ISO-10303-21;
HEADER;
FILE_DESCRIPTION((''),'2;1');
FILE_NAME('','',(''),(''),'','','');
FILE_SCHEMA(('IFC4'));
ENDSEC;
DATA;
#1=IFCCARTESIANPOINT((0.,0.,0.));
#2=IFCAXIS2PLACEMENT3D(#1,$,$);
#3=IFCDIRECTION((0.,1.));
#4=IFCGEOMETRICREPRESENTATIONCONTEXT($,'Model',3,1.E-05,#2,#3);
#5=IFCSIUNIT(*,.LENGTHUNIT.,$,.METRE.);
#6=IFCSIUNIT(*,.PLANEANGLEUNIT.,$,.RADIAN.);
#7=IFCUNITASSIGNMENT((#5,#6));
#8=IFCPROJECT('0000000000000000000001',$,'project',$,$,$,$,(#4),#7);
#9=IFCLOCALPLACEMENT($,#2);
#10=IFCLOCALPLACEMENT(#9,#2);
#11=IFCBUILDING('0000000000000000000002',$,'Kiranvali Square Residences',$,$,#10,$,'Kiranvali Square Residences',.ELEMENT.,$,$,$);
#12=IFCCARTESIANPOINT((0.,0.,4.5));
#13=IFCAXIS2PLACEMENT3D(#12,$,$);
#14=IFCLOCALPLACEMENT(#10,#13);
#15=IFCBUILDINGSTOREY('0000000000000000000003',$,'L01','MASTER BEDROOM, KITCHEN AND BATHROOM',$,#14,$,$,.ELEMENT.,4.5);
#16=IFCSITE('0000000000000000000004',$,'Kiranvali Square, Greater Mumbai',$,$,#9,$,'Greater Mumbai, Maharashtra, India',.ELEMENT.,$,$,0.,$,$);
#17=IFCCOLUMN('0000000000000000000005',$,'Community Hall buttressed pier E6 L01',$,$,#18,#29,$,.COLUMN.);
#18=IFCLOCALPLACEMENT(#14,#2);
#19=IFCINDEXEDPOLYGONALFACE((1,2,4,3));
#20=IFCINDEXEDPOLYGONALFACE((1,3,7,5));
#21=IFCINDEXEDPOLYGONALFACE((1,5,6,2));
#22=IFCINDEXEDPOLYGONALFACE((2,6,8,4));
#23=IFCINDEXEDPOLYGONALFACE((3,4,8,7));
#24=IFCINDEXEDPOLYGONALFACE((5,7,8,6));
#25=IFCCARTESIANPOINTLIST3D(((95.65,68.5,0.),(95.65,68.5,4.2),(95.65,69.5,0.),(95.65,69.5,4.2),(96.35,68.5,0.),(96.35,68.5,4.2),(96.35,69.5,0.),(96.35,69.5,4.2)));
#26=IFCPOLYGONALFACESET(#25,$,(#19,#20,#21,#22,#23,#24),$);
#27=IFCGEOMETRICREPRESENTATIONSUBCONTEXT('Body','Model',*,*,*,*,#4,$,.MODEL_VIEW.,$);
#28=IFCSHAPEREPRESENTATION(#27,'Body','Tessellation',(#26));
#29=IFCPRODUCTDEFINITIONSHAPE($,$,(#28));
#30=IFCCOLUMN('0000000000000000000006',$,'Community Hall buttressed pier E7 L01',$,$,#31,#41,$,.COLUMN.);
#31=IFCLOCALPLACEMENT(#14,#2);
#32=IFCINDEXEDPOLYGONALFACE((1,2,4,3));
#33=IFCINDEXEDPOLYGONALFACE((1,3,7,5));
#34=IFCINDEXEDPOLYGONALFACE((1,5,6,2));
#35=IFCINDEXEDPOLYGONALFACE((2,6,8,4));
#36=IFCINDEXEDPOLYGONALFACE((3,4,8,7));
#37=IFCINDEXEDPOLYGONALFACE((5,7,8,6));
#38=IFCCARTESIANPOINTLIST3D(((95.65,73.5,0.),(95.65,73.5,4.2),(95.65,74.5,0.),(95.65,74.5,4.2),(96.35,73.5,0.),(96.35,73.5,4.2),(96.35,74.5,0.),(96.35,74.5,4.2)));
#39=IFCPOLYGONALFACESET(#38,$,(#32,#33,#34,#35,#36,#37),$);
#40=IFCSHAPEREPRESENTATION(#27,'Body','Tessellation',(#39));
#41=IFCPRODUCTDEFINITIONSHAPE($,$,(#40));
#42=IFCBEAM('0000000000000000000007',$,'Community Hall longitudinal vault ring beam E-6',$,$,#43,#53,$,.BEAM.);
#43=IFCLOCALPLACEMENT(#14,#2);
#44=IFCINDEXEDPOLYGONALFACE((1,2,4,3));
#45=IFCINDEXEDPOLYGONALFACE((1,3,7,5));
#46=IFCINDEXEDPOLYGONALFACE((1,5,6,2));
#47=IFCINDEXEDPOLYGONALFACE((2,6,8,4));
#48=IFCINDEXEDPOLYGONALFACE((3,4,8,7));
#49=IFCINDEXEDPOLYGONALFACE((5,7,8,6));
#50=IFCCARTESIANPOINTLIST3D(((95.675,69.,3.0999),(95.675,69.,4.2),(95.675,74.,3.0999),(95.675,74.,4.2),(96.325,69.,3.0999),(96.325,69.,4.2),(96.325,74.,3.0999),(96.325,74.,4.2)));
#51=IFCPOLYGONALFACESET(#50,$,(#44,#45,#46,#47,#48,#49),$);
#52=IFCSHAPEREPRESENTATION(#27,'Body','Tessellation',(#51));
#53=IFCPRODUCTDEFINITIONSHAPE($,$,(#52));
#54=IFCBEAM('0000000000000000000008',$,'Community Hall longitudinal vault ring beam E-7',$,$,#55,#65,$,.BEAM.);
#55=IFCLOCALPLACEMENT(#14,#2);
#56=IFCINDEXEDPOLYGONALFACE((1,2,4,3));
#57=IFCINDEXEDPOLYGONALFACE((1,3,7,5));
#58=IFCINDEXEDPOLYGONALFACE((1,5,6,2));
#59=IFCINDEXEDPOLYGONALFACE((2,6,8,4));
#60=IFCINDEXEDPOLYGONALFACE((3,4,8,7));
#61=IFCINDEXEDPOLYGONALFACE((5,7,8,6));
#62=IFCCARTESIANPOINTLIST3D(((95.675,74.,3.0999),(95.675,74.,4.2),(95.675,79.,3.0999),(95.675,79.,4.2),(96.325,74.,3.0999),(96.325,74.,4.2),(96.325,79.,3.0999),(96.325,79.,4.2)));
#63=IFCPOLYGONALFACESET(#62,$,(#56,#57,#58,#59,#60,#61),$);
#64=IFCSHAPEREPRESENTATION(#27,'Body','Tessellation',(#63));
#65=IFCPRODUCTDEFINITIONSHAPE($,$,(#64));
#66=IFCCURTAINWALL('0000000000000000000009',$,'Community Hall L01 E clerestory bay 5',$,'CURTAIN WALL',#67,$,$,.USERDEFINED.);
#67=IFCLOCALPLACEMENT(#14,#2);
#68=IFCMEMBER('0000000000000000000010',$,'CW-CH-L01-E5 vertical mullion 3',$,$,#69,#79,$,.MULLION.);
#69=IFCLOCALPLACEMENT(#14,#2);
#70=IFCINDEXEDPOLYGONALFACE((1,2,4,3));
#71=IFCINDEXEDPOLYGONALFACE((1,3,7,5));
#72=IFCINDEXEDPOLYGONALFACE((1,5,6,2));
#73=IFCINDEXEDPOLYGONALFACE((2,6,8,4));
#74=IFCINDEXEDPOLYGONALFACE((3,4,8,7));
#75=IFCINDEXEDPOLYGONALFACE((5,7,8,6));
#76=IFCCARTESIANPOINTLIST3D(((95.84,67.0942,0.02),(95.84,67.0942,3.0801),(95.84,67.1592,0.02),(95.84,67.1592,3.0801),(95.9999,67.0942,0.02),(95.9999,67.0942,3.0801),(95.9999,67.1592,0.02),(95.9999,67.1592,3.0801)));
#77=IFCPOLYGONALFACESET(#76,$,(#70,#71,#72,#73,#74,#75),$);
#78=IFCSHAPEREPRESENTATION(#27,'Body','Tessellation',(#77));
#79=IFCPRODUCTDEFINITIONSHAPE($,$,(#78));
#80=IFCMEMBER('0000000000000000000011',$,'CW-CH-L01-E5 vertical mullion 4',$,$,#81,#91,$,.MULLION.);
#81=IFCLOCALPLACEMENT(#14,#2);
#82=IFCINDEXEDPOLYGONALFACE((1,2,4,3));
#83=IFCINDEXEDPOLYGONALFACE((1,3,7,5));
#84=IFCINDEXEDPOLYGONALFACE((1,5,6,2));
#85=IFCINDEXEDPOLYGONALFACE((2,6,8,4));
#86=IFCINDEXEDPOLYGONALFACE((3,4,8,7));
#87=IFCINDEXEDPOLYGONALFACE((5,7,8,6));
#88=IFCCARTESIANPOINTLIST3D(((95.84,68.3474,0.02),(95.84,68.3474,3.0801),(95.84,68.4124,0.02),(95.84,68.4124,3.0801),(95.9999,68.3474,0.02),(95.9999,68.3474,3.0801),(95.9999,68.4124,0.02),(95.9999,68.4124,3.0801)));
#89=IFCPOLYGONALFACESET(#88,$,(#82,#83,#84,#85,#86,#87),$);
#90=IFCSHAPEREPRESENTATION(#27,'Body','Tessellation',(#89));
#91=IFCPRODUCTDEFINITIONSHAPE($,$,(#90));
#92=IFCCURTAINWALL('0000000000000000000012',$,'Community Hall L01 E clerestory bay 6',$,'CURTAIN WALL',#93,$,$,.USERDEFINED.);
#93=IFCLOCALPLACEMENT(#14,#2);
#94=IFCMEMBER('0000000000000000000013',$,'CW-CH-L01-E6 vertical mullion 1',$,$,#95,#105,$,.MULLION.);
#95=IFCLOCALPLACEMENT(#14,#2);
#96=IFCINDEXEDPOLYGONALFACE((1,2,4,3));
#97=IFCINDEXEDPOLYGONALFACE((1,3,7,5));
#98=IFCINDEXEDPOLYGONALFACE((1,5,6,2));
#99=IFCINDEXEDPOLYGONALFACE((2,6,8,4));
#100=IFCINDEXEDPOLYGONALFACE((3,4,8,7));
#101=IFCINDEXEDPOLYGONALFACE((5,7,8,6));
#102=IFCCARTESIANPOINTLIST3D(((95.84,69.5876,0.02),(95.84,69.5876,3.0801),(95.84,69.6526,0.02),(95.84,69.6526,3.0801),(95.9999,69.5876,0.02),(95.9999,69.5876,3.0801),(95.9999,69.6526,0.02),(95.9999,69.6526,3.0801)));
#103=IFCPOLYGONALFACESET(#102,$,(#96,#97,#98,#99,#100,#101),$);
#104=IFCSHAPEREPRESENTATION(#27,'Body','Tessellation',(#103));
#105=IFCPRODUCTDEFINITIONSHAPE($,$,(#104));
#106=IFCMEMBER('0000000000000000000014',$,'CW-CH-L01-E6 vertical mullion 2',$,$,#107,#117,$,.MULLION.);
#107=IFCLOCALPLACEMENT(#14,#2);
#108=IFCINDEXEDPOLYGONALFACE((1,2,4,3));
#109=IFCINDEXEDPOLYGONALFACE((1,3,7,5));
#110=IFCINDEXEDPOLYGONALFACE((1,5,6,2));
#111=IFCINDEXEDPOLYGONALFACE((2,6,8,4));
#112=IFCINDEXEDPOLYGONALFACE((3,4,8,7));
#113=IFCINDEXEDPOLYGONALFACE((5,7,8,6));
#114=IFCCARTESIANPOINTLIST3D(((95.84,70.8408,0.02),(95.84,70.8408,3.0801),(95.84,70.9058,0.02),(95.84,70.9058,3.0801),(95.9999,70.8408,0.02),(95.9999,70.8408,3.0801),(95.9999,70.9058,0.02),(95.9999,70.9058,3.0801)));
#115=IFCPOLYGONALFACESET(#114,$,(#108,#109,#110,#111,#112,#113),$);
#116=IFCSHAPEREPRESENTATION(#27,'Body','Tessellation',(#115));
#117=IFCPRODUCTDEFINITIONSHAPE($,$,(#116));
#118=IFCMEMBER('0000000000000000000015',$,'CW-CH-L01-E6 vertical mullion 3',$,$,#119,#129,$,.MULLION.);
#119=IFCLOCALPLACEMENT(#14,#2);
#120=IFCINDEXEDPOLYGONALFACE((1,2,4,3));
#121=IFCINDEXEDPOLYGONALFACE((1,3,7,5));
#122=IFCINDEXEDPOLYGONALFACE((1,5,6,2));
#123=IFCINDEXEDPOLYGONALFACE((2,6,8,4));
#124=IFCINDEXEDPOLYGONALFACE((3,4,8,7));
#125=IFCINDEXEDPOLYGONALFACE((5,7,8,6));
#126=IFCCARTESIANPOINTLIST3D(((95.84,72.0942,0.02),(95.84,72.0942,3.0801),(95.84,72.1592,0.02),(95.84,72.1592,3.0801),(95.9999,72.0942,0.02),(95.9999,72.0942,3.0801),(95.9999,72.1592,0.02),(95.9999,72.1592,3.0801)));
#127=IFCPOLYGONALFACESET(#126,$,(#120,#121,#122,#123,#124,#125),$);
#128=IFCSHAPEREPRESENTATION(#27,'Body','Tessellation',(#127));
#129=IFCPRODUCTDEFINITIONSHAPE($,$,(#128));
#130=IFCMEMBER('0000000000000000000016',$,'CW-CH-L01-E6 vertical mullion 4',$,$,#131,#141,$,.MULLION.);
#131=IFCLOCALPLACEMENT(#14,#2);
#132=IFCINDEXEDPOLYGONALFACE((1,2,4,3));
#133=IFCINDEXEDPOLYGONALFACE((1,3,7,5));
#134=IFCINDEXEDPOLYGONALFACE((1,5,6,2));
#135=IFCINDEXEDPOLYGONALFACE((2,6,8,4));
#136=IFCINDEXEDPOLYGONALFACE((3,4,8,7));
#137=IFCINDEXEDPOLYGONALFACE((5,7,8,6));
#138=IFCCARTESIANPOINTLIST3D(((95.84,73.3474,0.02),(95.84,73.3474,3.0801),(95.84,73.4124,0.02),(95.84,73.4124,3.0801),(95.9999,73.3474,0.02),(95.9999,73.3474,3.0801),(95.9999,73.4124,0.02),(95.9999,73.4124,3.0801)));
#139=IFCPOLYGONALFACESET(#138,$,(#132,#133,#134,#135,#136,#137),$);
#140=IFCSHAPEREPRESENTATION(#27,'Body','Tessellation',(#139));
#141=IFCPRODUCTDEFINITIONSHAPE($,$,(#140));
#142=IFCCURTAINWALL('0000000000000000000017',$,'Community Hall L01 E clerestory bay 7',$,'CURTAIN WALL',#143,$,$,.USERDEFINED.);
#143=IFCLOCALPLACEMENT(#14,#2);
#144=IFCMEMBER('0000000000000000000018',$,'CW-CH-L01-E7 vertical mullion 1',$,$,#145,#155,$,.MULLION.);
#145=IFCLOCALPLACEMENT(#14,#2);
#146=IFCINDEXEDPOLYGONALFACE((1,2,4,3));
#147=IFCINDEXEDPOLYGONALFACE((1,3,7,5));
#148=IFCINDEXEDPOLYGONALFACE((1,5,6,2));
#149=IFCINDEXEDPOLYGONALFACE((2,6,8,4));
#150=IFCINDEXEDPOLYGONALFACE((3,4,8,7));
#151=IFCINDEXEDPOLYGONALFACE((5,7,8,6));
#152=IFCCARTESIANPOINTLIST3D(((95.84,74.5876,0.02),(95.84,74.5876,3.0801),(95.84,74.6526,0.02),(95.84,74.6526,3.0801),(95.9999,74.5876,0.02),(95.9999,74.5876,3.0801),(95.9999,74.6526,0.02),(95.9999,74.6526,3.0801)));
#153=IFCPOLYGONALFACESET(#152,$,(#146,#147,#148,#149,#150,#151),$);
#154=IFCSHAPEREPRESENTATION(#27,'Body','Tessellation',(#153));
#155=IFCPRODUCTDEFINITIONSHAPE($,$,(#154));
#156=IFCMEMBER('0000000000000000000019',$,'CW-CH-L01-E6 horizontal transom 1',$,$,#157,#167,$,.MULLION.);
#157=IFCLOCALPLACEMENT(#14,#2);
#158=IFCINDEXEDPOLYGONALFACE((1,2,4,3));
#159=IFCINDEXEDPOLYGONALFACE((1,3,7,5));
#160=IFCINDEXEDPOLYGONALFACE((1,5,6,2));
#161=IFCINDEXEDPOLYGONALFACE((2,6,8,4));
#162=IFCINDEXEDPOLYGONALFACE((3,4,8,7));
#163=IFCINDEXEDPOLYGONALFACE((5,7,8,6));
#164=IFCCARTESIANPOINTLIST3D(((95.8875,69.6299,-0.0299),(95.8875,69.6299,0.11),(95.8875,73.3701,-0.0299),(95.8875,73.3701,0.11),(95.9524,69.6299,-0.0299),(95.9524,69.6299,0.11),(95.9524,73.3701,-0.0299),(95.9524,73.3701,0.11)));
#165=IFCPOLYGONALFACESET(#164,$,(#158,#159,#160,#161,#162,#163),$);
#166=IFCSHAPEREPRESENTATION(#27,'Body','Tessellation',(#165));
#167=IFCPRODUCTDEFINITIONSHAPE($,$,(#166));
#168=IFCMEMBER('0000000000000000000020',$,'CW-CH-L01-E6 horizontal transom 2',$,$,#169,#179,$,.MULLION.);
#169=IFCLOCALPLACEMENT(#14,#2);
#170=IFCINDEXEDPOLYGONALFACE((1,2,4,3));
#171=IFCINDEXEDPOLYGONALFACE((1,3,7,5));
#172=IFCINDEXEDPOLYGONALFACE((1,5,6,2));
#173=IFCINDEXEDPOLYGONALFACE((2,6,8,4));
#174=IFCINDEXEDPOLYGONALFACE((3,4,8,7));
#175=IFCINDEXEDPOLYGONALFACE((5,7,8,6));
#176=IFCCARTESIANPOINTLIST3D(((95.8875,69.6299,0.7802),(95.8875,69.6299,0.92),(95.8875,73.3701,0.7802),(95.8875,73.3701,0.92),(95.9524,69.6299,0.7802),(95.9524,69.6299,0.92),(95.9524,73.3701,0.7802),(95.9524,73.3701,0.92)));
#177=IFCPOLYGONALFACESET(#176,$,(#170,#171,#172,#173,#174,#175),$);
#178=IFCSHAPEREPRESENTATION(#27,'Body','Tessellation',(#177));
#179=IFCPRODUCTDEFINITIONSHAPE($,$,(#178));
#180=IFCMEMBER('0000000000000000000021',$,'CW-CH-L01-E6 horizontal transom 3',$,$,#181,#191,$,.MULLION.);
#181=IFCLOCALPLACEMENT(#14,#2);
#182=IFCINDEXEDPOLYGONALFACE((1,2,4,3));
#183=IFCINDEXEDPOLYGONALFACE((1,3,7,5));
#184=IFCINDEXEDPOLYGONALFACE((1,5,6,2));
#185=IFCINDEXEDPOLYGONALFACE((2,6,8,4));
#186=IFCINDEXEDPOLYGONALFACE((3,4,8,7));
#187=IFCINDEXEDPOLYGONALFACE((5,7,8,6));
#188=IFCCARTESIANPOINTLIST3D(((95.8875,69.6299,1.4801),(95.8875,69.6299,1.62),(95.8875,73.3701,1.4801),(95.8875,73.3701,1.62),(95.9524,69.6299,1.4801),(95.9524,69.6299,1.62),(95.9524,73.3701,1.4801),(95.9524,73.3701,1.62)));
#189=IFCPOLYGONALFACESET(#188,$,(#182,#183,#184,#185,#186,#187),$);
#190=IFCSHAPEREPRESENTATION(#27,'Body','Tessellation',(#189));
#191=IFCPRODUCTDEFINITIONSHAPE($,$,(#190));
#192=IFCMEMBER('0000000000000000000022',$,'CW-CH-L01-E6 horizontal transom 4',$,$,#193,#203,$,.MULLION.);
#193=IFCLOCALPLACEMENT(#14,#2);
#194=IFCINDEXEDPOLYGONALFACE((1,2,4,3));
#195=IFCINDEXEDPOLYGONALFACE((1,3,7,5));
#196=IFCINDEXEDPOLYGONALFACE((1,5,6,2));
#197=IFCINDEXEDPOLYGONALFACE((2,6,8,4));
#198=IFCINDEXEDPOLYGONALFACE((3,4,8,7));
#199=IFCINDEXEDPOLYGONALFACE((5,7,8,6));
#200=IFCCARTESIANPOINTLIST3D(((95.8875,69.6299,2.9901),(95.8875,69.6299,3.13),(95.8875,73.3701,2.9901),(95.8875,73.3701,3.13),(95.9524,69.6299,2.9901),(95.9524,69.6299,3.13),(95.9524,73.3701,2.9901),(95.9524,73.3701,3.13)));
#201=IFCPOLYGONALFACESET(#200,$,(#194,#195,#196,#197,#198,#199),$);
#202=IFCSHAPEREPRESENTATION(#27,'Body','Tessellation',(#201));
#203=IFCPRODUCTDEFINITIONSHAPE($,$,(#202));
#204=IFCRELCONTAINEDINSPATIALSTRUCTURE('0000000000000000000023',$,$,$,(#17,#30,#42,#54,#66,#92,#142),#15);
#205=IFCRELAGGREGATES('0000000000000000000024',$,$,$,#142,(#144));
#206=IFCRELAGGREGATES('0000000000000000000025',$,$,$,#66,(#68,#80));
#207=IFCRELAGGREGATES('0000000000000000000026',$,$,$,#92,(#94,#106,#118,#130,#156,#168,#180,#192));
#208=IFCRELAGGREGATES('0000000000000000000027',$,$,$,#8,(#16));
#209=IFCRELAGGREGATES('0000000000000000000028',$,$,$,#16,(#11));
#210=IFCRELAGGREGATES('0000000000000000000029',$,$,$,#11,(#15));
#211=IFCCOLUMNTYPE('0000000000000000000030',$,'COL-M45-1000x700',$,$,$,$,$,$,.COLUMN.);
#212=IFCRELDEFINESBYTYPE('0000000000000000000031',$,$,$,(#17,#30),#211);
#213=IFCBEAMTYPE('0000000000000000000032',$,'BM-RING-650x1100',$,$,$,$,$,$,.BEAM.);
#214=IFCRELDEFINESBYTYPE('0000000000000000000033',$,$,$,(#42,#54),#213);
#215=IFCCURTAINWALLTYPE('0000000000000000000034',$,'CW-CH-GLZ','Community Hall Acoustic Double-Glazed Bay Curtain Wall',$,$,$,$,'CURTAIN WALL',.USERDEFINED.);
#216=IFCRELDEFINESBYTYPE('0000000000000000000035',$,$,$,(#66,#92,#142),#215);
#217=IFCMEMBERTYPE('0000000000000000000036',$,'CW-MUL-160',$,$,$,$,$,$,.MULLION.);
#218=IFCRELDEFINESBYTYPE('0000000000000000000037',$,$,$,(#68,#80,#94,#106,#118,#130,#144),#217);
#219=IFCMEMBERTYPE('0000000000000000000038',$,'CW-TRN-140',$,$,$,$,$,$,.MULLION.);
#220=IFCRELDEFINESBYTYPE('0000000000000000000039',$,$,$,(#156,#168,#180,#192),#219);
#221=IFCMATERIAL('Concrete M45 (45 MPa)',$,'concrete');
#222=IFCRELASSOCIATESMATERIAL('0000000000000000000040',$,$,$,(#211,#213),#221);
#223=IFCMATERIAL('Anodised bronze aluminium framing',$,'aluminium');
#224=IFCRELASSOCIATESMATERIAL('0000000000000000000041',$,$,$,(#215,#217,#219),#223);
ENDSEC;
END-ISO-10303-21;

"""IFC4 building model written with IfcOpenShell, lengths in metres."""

from ifc_helpers import new_model, si_unit, direction, frame, origin, origin_2d, place, context, subcontext, project, spatial, rectangle, extrude, material, material_profile, profile_set, type_object, element, aggregate, save


model = new_model("IFC4")

# Units and contexts
model_context = context("Model", 3, precision=1e-05, world=origin(), true_north=direction((0.0, 1.0)))
body_context = subcontext(model_context, "Body", "Model", "MODEL_VIEW")
ifc_project = project(units=[si_unit("LENGTHUNIT", "METRE"), si_unit("PLANEANGLEUNIT", "RADIAN")], contexts=[model_context])

# Site, building, storey
site_placement = place(None, origin())
site = spatial("IfcSite", under=ifc_project, at=site_placement, Name="Kiranvali Square, Greater Mumbai", LongName="Greater Mumbai, Maharashtra, India", CompositionType="ELEMENT", RefElevation=0.0)
building_placement = place(site_placement, origin())
building = spatial("IfcBuilding", under=site, at=building_placement, Name="Kiranvali Square Residences", LongName="Kiranvali Square Residences", CompositionType="ELEMENT")
storey_placement = place(building_placement, frame((0.0, 0.0, 4.5)))
storey = spatial("IfcBuildingStorey", under=building, at=storey_placement, Name="L01", Description="MASTER BEDROOM, KITCHEN AND BATHROOM", CompositionType="ELEMENT", Elevation=4.5)

# Columns
ifc_material_1 = material(Name="Concrete M45 (45 MPa)", Category="concrete")
ifc_material_profile_1 = material_profile(ifc_material_1, rectangle(XDim=0.7, YDim=1.0, at=origin_2d()), Name="RC 1000x700")
ifc_profile_set_1 = profile_set([ifc_material_profile_1], Name="Concrete M45 (45 MPa)")
column_type = type_object("IfcColumnType", Name="COL-M45-1000x700", PredefinedType="COLUMN", material=ifc_profile_set_1)
for number, where, z_axis, x_axis, name in (
    (1, (96.0, 69.0, 0.0), (0.0, 0.0, 1.0), (1.0, 0.0, 0.0), "Community Hall buttressed pier E6 L01"),
    (2, (96.0, 74.0, 0.0), (0.0, 0.0, 1.0), (1.0, 0.0, 0.0), "Community Hall buttressed pier E7 L01"),
):
    element("IfcColumn", number, at=place(storey_placement, frame(where, z_axis=z_axis, x_axis=x_axis)), inside=storey, type_object=column_type, Name=name, PredefinedType="COLUMN", context=body_context, shape_type="SweptSolid", body=[
        extrude(rectangle(XDim=0.7, YDim=1.0, at=origin_2d()), origin(), (0.0, 0.0, 1.0), 4.2),
    ])

# Beams
ifc_material_profile_2 = material_profile(ifc_material_1, rectangle(XDim=0.6499, YDim=1.1001, at=origin_2d()), Name="RC 650x1100")
ifc_profile_set_2 = profile_set([ifc_material_profile_2], Name="Concrete M45 (45 MPa)")
beam_type = type_object("IfcBeamType", Name="BM-RING-650x1100", PredefinedType="BEAM", material=ifc_profile_set_2)
for number, where, z_axis, x_axis, name in (
    (3, (96.0, 69.0, 3.6499), (0.0, 1.0, 0.0), (-1.0, 0.0, 0.0), "Community Hall longitudinal vault ring beam E-6"),
    (4, (96.0, 74.0, 3.6499), (0.0, 1.0, 0.0), (-1.0, 0.0, 0.0), "Community Hall longitudinal vault ring beam E-7"),
):
    element("IfcBeam", number, at=place(storey_placement, frame(where, z_axis=z_axis, x_axis=x_axis)), inside=storey, type_object=beam_type, Name=name, PredefinedType="BEAM", context=body_context, shape_type="SweptSolid", body=[
        extrude(rectangle(XDim=0.6499, YDim=1.1001, at=origin_2d()), origin(), (0.0, 0.0, 1.0), 5.0),
    ])

# Curtain walls, members
ifc_material_2 = material(Name="Anodised bronze aluminium framing", Category="aluminium")
curtain_wall_type = type_object("IfcCurtainWallType", Name="CW-CH-GLZ", Description="Community Hall Acoustic Double-Glazed Bay Curtain Wall", ElementType="CURTAIN WALL", PredefinedType="USERDEFINED", material=ifc_material_2)
curtain_wall_1_placement = place(storey_placement, origin())
curtain_wall_1 = element("IfcCurtainWall", 5, at=curtain_wall_1_placement, inside=storey, type_object=curtain_wall_type, Name="Community Hall L01 E clerestory bay 5", ObjectType="CURTAIN WALL", PredefinedType="USERDEFINED")
ifc_material_profile_3 = material_profile(ifc_material_2, rectangle(XDim=0.0649, YDim=0.1599, at=origin_2d()), Name="ALU 65x160")
ifc_profile_set_3 = profile_set([ifc_material_profile_3], Name="Anodised bronze aluminium framing")
member_type_1 = type_object("IfcMemberType", Name="CW-MUL-160", PredefinedType="MULLION", material=ifc_profile_set_3)
member_1_placement = place(storey_placement, frame((95.9199, 67.1267, 0.02), z_axis=(0.0, 0.0, 1.0), x_axis=(0.0, 1.0, 0.0)))
member_1 = element("IfcMember", 6, at=member_1_placement, type_object=member_type_1, Name="CW-CH-L01-E5 vertical mullion 3", PredefinedType="MULLION", context=body_context, shape_type="SweptSolid", body=[
    extrude(rectangle(XDim=0.0649, YDim=0.1599, at=origin_2d()), origin(), (0.0, 0.0, 1.0), 3.0601),
])
member_2_placement = place(storey_placement, frame((95.9199, 68.3799, 0.02), z_axis=(0.0, 0.0, 1.0), x_axis=(0.0, 1.0, 0.0)))
member_2 = element("IfcMember", 7, at=member_2_placement, type_object=member_type_1, Name="CW-CH-L01-E5 vertical mullion 4", PredefinedType="MULLION", context=body_context, shape_type="SweptSolid", body=[
    extrude(rectangle(XDim=0.0649, YDim=0.1599, at=origin_2d()), origin(), (0.0, 0.0, 1.0), 3.0601),
])
curtain_wall_2_placement = place(storey_placement, origin())
curtain_wall_2 = element("IfcCurtainWall", 8, at=curtain_wall_2_placement, inside=storey, type_object=curtain_wall_type, Name="Community Hall L01 E clerestory bay 6", ObjectType="CURTAIN WALL", PredefinedType="USERDEFINED")
member_3_placement = place(storey_placement, frame((95.9199, 69.6201, 0.02), z_axis=(0.0, 0.0, 1.0), x_axis=(0.0, 1.0, 0.0)))
member_3 = element("IfcMember", 9, at=member_3_placement, type_object=member_type_1, Name="CW-CH-L01-E6 vertical mullion 1", PredefinedType="MULLION", context=body_context, shape_type="SweptSolid", body=[
    extrude(rectangle(XDim=0.0649, YDim=0.1599, at=origin_2d()), origin(), (0.0, 0.0, 1.0), 3.0601),
])
member_4_placement = place(storey_placement, frame((95.9199, 70.8733, 0.02), z_axis=(0.0, 0.0, 1.0), x_axis=(0.0, 1.0, 0.0)))
member_4 = element("IfcMember", 10, at=member_4_placement, type_object=member_type_1, Name="CW-CH-L01-E6 vertical mullion 2", PredefinedType="MULLION", context=body_context, shape_type="SweptSolid", body=[
    extrude(rectangle(XDim=0.0649, YDim=0.1599, at=origin_2d()), origin(), (0.0, 0.0, 1.0), 3.0601),
])
member_5_placement = place(storey_placement, frame((95.9199, 72.1267, 0.02), z_axis=(0.0, 0.0, 1.0), x_axis=(0.0, 1.0, 0.0)))
member_5 = element("IfcMember", 11, at=member_5_placement, type_object=member_type_1, Name="CW-CH-L01-E6 vertical mullion 3", PredefinedType="MULLION", context=body_context, shape_type="SweptSolid", body=[
    extrude(rectangle(XDim=0.0649, YDim=0.1599, at=origin_2d()), origin(), (0.0, 0.0, 1.0), 3.0601),
])
member_6_placement = place(storey_placement, frame((95.9199, 73.3799, 0.02), z_axis=(0.0, 0.0, 1.0), x_axis=(0.0, 1.0, 0.0)))
member_6 = element("IfcMember", 12, at=member_6_placement, type_object=member_type_1, Name="CW-CH-L01-E6 vertical mullion 4", PredefinedType="MULLION", context=body_context, shape_type="SweptSolid", body=[
    extrude(rectangle(XDim=0.0649, YDim=0.1599, at=origin_2d()), origin(), (0.0, 0.0, 1.0), 3.0601),
])

# Curtain wall, member
curtain_wall_3_placement = place(storey_placement, origin())
curtain_wall_3 = element("IfcCurtainWall", 13, at=curtain_wall_3_placement, inside=storey, type_object=curtain_wall_type, Name="Community Hall L01 E clerestory bay 7", ObjectType="CURTAIN WALL", PredefinedType="USERDEFINED")
member_7_placement = place(storey_placement, frame((95.9199, 74.6201, 0.02), z_axis=(0.0, 0.0, 1.0), x_axis=(0.0, 1.0, 0.0)))
member_7 = element("IfcMember", 14, at=member_7_placement, type_object=member_type_1, Name="CW-CH-L01-E7 vertical mullion 1", PredefinedType="MULLION", context=body_context, shape_type="SweptSolid", body=[
    extrude(rectangle(XDim=0.0649, YDim=0.1599, at=origin_2d()), origin(), (0.0, 0.0, 1.0), 3.0601),
])
aggregate(curtain_wall_3, [member_7])

# Members
ifc_material_profile_4 = material_profile(ifc_material_2, rectangle(XDim=0.0649, YDim=0.1399, at=origin_2d()), Name="ALU 65x140")
ifc_profile_set_4 = profile_set([ifc_material_profile_4], Name="Anodised bronze aluminium framing")
member_type_2 = type_object("IfcMemberType", Name="CW-TRN-140", PredefinedType="MULLION", material=ifc_profile_set_4)
member_8_placement = place(storey_placement, frame((95.9199, 69.6299, 0.04), z_axis=(0.0, 1.0, 0.0), x_axis=(-1.0, 0.0, 0.0)))
member_8 = element("IfcMember", 15, at=member_8_placement, type_object=member_type_2, Name="CW-CH-L01-E6 horizontal transom 1", PredefinedType="MULLION", context=body_context, shape_type="SweptSolid", body=[
    extrude(rectangle(XDim=0.0649, YDim=0.1399, at=origin_2d()), origin(), (0.0, 0.0, 1.0), 3.7402),
])
member_9_placement = place(storey_placement, frame((95.9199, 69.6299, 0.8501), z_axis=(0.0, 1.0, 0.0), x_axis=(-1.0, 0.0, 0.0)))
member_9 = element("IfcMember", 16, at=member_9_placement, type_object=member_type_2, Name="CW-CH-L01-E6 horizontal transom 2", PredefinedType="MULLION", context=body_context, shape_type="SweptSolid", body=[
    extrude(rectangle(XDim=0.0649, YDim=0.1399, at=origin_2d()), origin(), (0.0, 0.0, 1.0), 3.7402),
])
member_10_placement = place(storey_placement, frame((95.9199, 69.6299, 1.55), z_axis=(0.0, 1.0, 0.0), x_axis=(-1.0, 0.0, 0.0)))
member_10 = element("IfcMember", 17, at=member_10_placement, type_object=member_type_2, Name="CW-CH-L01-E6 horizontal transom 3", PredefinedType="MULLION", context=body_context, shape_type="SweptSolid", body=[
    extrude(rectangle(XDim=0.0649, YDim=0.1399, at=origin_2d()), origin(), (0.0, 0.0, 1.0), 3.7402),
])
member_11_placement = place(storey_placement, frame((95.9199, 69.6299, 3.0601), z_axis=(0.0, 1.0, 0.0), x_axis=(-1.0, 0.0, 0.0)))
member_11 = element("IfcMember", 18, at=member_11_placement, type_object=member_type_2, Name="CW-CH-L01-E6 horizontal transom 4", PredefinedType="MULLION", context=body_context, shape_type="SweptSolid", body=[
    extrude(rectangle(XDim=0.0649, YDim=0.1399, at=origin_2d()), origin(), (0.0, 0.0, 1.0), 3.7402),
])

aggregate(curtain_wall_1, [member_1, member_2])
aggregate(curtain_wall_2, [member_3, member_4, member_5, member_6, member_8, member_9, member_10, member_11])

save(model, "model.ifc")
